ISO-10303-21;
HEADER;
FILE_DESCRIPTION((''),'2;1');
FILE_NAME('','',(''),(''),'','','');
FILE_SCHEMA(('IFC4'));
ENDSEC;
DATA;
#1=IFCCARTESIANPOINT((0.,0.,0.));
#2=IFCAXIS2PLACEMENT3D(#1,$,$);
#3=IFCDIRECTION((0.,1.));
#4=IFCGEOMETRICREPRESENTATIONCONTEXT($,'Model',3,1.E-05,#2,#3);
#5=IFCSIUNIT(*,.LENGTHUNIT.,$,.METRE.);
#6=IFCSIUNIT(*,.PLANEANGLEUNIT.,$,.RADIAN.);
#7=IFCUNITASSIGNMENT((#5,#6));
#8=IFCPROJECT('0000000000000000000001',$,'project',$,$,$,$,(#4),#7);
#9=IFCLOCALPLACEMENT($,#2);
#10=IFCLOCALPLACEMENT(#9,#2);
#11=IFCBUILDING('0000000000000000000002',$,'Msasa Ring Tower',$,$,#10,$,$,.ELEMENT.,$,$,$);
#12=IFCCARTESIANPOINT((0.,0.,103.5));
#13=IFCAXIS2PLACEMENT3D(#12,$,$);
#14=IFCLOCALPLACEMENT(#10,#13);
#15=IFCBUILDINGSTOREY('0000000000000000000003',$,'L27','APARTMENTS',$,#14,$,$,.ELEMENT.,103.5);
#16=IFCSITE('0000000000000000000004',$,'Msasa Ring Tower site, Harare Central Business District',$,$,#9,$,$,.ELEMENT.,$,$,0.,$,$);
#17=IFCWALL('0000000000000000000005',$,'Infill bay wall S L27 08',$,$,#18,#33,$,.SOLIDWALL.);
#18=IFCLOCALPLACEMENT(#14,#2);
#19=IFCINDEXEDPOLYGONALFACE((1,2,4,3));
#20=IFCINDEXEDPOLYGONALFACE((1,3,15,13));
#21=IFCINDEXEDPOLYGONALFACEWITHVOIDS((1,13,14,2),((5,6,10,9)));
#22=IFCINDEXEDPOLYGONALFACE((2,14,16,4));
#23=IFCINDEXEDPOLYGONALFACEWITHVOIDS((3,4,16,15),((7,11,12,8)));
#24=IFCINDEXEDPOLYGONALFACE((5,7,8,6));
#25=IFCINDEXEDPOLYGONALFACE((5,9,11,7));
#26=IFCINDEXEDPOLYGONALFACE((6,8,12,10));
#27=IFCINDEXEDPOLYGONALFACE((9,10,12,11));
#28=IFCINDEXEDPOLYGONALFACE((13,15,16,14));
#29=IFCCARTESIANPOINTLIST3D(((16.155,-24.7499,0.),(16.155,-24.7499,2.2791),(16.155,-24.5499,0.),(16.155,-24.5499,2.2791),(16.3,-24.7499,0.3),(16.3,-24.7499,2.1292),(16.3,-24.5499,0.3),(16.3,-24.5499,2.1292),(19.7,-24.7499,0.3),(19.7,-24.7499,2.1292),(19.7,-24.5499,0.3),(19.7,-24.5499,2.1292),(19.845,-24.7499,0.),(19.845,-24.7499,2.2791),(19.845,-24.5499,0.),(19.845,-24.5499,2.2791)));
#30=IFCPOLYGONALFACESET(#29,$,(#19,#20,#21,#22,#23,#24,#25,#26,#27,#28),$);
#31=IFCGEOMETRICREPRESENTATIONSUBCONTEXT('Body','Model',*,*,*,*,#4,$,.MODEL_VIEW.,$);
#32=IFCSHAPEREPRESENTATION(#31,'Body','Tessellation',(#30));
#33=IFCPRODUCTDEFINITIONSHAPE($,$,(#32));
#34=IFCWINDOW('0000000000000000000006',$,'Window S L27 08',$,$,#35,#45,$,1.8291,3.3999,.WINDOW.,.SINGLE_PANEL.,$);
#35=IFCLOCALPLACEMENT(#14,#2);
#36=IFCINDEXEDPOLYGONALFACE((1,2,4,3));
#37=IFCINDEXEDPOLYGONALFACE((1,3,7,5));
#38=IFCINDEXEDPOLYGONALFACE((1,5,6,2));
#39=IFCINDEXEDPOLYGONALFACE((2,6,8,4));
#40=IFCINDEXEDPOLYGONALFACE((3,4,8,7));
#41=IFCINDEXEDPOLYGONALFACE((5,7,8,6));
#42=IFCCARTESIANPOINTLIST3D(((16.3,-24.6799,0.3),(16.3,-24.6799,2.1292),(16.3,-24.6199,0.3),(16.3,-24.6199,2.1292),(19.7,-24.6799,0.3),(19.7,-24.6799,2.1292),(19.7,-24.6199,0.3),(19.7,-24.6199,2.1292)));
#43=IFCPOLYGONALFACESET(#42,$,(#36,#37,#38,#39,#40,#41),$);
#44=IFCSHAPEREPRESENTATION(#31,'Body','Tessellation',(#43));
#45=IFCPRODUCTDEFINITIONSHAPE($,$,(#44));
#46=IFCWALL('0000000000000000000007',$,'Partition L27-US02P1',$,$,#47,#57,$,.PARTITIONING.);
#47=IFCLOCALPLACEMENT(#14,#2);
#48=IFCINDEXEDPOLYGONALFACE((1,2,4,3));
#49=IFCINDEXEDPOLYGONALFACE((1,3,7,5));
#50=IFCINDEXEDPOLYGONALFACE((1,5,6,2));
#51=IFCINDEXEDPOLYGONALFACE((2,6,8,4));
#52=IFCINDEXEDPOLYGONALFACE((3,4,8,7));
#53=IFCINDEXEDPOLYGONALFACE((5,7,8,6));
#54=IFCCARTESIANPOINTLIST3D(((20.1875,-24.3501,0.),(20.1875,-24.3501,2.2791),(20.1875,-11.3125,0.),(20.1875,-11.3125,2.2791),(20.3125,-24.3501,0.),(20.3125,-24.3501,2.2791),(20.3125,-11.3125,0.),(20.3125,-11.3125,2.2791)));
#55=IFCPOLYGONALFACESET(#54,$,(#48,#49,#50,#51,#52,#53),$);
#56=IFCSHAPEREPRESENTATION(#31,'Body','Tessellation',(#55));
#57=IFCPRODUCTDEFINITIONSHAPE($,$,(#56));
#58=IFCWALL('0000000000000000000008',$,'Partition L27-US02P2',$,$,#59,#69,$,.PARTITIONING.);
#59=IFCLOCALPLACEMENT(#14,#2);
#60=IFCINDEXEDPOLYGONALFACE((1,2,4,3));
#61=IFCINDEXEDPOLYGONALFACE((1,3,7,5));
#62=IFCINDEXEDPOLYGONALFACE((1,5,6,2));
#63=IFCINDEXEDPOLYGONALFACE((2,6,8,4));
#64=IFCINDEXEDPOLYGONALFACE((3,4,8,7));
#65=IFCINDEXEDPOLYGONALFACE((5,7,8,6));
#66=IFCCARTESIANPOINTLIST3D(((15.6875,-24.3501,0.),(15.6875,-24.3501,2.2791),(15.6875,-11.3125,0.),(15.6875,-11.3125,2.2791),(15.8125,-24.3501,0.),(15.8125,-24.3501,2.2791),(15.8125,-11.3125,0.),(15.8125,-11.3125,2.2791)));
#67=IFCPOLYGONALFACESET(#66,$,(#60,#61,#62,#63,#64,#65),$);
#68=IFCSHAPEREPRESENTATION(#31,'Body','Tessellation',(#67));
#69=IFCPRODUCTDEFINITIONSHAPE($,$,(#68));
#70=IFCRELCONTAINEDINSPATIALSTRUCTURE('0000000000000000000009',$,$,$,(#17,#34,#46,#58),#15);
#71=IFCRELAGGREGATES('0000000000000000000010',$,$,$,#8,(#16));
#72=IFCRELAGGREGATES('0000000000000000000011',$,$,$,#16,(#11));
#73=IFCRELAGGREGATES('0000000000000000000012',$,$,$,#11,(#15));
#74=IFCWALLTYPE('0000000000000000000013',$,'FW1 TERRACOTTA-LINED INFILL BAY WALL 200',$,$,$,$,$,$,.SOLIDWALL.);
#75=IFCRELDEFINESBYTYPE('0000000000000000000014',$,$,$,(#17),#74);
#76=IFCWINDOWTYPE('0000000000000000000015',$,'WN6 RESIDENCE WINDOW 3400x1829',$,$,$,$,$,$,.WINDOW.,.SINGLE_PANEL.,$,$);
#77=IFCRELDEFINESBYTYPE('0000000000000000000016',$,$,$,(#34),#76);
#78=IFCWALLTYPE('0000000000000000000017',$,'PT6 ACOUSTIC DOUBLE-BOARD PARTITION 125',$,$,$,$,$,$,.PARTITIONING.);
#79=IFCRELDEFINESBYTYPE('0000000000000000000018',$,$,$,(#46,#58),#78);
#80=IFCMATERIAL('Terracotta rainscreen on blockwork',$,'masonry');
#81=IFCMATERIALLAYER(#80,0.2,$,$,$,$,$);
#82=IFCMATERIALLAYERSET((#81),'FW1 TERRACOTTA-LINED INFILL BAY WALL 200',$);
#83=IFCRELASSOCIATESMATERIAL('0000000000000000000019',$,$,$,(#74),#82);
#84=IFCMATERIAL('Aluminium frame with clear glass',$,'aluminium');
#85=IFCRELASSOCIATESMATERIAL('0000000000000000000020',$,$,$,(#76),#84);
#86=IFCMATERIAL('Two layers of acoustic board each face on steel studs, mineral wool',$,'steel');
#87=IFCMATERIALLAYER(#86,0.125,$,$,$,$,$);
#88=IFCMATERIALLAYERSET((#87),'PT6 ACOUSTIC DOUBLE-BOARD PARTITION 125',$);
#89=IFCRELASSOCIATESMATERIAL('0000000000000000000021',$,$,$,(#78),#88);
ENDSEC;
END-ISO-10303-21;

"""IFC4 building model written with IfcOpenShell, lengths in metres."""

from ifc_helpers import new_model, si_unit, direction, frame, frame_2d, origin, place, context, subcontext, project, spatial, rectangle, extrude, material, layer, layer_set, type_object, element, fill, save


model = new_model("IFC4")

# Units and contexts
model_context = context("Model", 3, precision=1e-05, world=origin(), true_north=direction((0.0, 1.0)))
body_context = subcontext(model_context, "Body", "Model", "MODEL_VIEW")
ifc_project = project(units=[si_unit("LENGTHUNIT", "METRE"), si_unit("PLANEANGLEUNIT", "RADIAN")], contexts=[model_context])

# Site, building, storey
site_placement = place(None, origin())
site = spatial("IfcSite", under=ifc_project, at=site_placement, Name="Msasa Ring Tower site, Harare Central Business District", CompositionType="ELEMENT", RefElevation=0.0)
building_placement = place(site_placement, origin())
building = spatial("IfcBuilding", under=site, at=building_placement, Name="Msasa Ring Tower", CompositionType="ELEMENT")
storey_placement = place(building_placement, frame((0.0, 0.0, 103.5)))
storey = spatial("IfcBuildingStorey", under=building, at=storey_placement, Name="L27", Description="APARTMENTS", CompositionType="ELEMENT", Elevation=103.5)

# Wall, opening, window
ifc_material_1 = material(Name="Terracotta rainscreen on blockwork", Category="masonry")
ifc_layer_1 = layer(ifc_material_1, 0.2)
ifc_layer_set_1 = layer_set([ifc_layer_1], Name="FW1 TERRACOTTA-LINED INFILL BAY WALL 200")
wall_type_1 = type_object("IfcWallType", Name="FW1 TERRACOTTA-LINED INFILL BAY WALL 200", PredefinedType="SOLIDWALL", material=ifc_layer_set_1)
wall_placement = place(storey_placement, frame((16.155, -24.6499, 0.0), z_axis=(0.0, 0.0, 1.0), x_axis=(1.0, 0.0, 0.0)))
wall = element("IfcWall", 1, at=wall_placement, inside=storey, type_object=wall_type_1, Name="Infill bay wall S L27 08", PredefinedType="SOLIDWALL", context=body_context, shape_type="SweptSolid", body=[
    extrude(rectangle(XDim=3.6899, YDim=0.2, at=frame_2d((1.845, 0.0))), origin(), (0.0, 0.0, 1.0), 2.2791),
])
opening_placement = place(wall_placement, frame((0.145, 0.0, 0.3)))
opening = element("IfcOpeningElement", 2, at=opening_placement, cuts=wall, PredefinedType="OPENING", context=body_context, shape_type="SweptSolid", body=[
    extrude(rectangle(XDim=3.3999, YDim=1.8291, at=frame_2d((1.7, 0.9146))), frame((0.0, 0.1099, 0.0), z_axis=(0.0, -1.0, 0.0), x_axis=(1.0, 0.0, 0.0)), (0.0, 0.0, 1.0), 0.22),
])
ifc_material_2 = material(Name="Aluminium frame with clear glass", Category="aluminium")
window_type = type_object("IfcWindowType", Name="WN6 RESIDENCE WINDOW 3400x1829", PartitioningType="SINGLE_PANEL", PredefinedType="WINDOW", material=ifc_material_2)
window_placement = place(opening_placement, origin())
window = element("IfcWindow", 3, at=window_placement, inside=storey, type_object=window_type, Name="Window S L27 08", OverallHeight=1.8291, OverallWidth=3.3999, PartitioningType="SINGLE_PANEL", PredefinedType="WINDOW", context=body_context, shape_type="SweptSolid", body=[
    extrude(rectangle(XDim=3.3999, YDim=1.8291, at=frame_2d((1.7, 0.9146))), frame((0.0, 0.03, 0.0), z_axis=(0.0, -1.0, 0.0), x_axis=(1.0, 0.0, 0.0)), (0.0, 0.0, 1.0), 0.0601),
])
fill(opening, window)

# Walls
ifc_material_3 = material(Name="Two layers of acoustic board each face on steel studs, mineral wool", Category="steel")
ifc_layer_2 = layer(ifc_material_3, 0.125)
ifc_layer_set_2 = layer_set([ifc_layer_2], Name="PT6 ACOUSTIC DOUBLE-BOARD PARTITION 125")
wall_type_2 = type_object("IfcWallType", Name="PT6 ACOUSTIC DOUBLE-BOARD PARTITION 125", PredefinedType="PARTITIONING", material=ifc_layer_set_2)
for number, where, z_axis, x_axis, name in (
    (4, (20.25, -24.3501, 0.0), (0.0, 0.0, 1.0), (0.0, 1.0, 0.0), "Partition L27-US02P1"),
    (5, (15.75, -24.3501, 0.0), (0.0, 0.0, 1.0), (0.0, 1.0, 0.0), "Partition L27-US02P2"),
):
    element("IfcWall", number, at=place(storey_placement, frame(where, z_axis=z_axis, x_axis=x_axis)), inside=storey, type_object=wall_type_2, Name=name, PredefinedType="PARTITIONING", context=body_context, shape_type="SweptSolid", body=[
        extrude(rectangle(XDim=13.0376, YDim=0.125, at=frame_2d((6.5188, 0.0))), origin(), (0.0, 0.0, 1.0), 2.2791),
    ])

save(model, "model.ifc")
